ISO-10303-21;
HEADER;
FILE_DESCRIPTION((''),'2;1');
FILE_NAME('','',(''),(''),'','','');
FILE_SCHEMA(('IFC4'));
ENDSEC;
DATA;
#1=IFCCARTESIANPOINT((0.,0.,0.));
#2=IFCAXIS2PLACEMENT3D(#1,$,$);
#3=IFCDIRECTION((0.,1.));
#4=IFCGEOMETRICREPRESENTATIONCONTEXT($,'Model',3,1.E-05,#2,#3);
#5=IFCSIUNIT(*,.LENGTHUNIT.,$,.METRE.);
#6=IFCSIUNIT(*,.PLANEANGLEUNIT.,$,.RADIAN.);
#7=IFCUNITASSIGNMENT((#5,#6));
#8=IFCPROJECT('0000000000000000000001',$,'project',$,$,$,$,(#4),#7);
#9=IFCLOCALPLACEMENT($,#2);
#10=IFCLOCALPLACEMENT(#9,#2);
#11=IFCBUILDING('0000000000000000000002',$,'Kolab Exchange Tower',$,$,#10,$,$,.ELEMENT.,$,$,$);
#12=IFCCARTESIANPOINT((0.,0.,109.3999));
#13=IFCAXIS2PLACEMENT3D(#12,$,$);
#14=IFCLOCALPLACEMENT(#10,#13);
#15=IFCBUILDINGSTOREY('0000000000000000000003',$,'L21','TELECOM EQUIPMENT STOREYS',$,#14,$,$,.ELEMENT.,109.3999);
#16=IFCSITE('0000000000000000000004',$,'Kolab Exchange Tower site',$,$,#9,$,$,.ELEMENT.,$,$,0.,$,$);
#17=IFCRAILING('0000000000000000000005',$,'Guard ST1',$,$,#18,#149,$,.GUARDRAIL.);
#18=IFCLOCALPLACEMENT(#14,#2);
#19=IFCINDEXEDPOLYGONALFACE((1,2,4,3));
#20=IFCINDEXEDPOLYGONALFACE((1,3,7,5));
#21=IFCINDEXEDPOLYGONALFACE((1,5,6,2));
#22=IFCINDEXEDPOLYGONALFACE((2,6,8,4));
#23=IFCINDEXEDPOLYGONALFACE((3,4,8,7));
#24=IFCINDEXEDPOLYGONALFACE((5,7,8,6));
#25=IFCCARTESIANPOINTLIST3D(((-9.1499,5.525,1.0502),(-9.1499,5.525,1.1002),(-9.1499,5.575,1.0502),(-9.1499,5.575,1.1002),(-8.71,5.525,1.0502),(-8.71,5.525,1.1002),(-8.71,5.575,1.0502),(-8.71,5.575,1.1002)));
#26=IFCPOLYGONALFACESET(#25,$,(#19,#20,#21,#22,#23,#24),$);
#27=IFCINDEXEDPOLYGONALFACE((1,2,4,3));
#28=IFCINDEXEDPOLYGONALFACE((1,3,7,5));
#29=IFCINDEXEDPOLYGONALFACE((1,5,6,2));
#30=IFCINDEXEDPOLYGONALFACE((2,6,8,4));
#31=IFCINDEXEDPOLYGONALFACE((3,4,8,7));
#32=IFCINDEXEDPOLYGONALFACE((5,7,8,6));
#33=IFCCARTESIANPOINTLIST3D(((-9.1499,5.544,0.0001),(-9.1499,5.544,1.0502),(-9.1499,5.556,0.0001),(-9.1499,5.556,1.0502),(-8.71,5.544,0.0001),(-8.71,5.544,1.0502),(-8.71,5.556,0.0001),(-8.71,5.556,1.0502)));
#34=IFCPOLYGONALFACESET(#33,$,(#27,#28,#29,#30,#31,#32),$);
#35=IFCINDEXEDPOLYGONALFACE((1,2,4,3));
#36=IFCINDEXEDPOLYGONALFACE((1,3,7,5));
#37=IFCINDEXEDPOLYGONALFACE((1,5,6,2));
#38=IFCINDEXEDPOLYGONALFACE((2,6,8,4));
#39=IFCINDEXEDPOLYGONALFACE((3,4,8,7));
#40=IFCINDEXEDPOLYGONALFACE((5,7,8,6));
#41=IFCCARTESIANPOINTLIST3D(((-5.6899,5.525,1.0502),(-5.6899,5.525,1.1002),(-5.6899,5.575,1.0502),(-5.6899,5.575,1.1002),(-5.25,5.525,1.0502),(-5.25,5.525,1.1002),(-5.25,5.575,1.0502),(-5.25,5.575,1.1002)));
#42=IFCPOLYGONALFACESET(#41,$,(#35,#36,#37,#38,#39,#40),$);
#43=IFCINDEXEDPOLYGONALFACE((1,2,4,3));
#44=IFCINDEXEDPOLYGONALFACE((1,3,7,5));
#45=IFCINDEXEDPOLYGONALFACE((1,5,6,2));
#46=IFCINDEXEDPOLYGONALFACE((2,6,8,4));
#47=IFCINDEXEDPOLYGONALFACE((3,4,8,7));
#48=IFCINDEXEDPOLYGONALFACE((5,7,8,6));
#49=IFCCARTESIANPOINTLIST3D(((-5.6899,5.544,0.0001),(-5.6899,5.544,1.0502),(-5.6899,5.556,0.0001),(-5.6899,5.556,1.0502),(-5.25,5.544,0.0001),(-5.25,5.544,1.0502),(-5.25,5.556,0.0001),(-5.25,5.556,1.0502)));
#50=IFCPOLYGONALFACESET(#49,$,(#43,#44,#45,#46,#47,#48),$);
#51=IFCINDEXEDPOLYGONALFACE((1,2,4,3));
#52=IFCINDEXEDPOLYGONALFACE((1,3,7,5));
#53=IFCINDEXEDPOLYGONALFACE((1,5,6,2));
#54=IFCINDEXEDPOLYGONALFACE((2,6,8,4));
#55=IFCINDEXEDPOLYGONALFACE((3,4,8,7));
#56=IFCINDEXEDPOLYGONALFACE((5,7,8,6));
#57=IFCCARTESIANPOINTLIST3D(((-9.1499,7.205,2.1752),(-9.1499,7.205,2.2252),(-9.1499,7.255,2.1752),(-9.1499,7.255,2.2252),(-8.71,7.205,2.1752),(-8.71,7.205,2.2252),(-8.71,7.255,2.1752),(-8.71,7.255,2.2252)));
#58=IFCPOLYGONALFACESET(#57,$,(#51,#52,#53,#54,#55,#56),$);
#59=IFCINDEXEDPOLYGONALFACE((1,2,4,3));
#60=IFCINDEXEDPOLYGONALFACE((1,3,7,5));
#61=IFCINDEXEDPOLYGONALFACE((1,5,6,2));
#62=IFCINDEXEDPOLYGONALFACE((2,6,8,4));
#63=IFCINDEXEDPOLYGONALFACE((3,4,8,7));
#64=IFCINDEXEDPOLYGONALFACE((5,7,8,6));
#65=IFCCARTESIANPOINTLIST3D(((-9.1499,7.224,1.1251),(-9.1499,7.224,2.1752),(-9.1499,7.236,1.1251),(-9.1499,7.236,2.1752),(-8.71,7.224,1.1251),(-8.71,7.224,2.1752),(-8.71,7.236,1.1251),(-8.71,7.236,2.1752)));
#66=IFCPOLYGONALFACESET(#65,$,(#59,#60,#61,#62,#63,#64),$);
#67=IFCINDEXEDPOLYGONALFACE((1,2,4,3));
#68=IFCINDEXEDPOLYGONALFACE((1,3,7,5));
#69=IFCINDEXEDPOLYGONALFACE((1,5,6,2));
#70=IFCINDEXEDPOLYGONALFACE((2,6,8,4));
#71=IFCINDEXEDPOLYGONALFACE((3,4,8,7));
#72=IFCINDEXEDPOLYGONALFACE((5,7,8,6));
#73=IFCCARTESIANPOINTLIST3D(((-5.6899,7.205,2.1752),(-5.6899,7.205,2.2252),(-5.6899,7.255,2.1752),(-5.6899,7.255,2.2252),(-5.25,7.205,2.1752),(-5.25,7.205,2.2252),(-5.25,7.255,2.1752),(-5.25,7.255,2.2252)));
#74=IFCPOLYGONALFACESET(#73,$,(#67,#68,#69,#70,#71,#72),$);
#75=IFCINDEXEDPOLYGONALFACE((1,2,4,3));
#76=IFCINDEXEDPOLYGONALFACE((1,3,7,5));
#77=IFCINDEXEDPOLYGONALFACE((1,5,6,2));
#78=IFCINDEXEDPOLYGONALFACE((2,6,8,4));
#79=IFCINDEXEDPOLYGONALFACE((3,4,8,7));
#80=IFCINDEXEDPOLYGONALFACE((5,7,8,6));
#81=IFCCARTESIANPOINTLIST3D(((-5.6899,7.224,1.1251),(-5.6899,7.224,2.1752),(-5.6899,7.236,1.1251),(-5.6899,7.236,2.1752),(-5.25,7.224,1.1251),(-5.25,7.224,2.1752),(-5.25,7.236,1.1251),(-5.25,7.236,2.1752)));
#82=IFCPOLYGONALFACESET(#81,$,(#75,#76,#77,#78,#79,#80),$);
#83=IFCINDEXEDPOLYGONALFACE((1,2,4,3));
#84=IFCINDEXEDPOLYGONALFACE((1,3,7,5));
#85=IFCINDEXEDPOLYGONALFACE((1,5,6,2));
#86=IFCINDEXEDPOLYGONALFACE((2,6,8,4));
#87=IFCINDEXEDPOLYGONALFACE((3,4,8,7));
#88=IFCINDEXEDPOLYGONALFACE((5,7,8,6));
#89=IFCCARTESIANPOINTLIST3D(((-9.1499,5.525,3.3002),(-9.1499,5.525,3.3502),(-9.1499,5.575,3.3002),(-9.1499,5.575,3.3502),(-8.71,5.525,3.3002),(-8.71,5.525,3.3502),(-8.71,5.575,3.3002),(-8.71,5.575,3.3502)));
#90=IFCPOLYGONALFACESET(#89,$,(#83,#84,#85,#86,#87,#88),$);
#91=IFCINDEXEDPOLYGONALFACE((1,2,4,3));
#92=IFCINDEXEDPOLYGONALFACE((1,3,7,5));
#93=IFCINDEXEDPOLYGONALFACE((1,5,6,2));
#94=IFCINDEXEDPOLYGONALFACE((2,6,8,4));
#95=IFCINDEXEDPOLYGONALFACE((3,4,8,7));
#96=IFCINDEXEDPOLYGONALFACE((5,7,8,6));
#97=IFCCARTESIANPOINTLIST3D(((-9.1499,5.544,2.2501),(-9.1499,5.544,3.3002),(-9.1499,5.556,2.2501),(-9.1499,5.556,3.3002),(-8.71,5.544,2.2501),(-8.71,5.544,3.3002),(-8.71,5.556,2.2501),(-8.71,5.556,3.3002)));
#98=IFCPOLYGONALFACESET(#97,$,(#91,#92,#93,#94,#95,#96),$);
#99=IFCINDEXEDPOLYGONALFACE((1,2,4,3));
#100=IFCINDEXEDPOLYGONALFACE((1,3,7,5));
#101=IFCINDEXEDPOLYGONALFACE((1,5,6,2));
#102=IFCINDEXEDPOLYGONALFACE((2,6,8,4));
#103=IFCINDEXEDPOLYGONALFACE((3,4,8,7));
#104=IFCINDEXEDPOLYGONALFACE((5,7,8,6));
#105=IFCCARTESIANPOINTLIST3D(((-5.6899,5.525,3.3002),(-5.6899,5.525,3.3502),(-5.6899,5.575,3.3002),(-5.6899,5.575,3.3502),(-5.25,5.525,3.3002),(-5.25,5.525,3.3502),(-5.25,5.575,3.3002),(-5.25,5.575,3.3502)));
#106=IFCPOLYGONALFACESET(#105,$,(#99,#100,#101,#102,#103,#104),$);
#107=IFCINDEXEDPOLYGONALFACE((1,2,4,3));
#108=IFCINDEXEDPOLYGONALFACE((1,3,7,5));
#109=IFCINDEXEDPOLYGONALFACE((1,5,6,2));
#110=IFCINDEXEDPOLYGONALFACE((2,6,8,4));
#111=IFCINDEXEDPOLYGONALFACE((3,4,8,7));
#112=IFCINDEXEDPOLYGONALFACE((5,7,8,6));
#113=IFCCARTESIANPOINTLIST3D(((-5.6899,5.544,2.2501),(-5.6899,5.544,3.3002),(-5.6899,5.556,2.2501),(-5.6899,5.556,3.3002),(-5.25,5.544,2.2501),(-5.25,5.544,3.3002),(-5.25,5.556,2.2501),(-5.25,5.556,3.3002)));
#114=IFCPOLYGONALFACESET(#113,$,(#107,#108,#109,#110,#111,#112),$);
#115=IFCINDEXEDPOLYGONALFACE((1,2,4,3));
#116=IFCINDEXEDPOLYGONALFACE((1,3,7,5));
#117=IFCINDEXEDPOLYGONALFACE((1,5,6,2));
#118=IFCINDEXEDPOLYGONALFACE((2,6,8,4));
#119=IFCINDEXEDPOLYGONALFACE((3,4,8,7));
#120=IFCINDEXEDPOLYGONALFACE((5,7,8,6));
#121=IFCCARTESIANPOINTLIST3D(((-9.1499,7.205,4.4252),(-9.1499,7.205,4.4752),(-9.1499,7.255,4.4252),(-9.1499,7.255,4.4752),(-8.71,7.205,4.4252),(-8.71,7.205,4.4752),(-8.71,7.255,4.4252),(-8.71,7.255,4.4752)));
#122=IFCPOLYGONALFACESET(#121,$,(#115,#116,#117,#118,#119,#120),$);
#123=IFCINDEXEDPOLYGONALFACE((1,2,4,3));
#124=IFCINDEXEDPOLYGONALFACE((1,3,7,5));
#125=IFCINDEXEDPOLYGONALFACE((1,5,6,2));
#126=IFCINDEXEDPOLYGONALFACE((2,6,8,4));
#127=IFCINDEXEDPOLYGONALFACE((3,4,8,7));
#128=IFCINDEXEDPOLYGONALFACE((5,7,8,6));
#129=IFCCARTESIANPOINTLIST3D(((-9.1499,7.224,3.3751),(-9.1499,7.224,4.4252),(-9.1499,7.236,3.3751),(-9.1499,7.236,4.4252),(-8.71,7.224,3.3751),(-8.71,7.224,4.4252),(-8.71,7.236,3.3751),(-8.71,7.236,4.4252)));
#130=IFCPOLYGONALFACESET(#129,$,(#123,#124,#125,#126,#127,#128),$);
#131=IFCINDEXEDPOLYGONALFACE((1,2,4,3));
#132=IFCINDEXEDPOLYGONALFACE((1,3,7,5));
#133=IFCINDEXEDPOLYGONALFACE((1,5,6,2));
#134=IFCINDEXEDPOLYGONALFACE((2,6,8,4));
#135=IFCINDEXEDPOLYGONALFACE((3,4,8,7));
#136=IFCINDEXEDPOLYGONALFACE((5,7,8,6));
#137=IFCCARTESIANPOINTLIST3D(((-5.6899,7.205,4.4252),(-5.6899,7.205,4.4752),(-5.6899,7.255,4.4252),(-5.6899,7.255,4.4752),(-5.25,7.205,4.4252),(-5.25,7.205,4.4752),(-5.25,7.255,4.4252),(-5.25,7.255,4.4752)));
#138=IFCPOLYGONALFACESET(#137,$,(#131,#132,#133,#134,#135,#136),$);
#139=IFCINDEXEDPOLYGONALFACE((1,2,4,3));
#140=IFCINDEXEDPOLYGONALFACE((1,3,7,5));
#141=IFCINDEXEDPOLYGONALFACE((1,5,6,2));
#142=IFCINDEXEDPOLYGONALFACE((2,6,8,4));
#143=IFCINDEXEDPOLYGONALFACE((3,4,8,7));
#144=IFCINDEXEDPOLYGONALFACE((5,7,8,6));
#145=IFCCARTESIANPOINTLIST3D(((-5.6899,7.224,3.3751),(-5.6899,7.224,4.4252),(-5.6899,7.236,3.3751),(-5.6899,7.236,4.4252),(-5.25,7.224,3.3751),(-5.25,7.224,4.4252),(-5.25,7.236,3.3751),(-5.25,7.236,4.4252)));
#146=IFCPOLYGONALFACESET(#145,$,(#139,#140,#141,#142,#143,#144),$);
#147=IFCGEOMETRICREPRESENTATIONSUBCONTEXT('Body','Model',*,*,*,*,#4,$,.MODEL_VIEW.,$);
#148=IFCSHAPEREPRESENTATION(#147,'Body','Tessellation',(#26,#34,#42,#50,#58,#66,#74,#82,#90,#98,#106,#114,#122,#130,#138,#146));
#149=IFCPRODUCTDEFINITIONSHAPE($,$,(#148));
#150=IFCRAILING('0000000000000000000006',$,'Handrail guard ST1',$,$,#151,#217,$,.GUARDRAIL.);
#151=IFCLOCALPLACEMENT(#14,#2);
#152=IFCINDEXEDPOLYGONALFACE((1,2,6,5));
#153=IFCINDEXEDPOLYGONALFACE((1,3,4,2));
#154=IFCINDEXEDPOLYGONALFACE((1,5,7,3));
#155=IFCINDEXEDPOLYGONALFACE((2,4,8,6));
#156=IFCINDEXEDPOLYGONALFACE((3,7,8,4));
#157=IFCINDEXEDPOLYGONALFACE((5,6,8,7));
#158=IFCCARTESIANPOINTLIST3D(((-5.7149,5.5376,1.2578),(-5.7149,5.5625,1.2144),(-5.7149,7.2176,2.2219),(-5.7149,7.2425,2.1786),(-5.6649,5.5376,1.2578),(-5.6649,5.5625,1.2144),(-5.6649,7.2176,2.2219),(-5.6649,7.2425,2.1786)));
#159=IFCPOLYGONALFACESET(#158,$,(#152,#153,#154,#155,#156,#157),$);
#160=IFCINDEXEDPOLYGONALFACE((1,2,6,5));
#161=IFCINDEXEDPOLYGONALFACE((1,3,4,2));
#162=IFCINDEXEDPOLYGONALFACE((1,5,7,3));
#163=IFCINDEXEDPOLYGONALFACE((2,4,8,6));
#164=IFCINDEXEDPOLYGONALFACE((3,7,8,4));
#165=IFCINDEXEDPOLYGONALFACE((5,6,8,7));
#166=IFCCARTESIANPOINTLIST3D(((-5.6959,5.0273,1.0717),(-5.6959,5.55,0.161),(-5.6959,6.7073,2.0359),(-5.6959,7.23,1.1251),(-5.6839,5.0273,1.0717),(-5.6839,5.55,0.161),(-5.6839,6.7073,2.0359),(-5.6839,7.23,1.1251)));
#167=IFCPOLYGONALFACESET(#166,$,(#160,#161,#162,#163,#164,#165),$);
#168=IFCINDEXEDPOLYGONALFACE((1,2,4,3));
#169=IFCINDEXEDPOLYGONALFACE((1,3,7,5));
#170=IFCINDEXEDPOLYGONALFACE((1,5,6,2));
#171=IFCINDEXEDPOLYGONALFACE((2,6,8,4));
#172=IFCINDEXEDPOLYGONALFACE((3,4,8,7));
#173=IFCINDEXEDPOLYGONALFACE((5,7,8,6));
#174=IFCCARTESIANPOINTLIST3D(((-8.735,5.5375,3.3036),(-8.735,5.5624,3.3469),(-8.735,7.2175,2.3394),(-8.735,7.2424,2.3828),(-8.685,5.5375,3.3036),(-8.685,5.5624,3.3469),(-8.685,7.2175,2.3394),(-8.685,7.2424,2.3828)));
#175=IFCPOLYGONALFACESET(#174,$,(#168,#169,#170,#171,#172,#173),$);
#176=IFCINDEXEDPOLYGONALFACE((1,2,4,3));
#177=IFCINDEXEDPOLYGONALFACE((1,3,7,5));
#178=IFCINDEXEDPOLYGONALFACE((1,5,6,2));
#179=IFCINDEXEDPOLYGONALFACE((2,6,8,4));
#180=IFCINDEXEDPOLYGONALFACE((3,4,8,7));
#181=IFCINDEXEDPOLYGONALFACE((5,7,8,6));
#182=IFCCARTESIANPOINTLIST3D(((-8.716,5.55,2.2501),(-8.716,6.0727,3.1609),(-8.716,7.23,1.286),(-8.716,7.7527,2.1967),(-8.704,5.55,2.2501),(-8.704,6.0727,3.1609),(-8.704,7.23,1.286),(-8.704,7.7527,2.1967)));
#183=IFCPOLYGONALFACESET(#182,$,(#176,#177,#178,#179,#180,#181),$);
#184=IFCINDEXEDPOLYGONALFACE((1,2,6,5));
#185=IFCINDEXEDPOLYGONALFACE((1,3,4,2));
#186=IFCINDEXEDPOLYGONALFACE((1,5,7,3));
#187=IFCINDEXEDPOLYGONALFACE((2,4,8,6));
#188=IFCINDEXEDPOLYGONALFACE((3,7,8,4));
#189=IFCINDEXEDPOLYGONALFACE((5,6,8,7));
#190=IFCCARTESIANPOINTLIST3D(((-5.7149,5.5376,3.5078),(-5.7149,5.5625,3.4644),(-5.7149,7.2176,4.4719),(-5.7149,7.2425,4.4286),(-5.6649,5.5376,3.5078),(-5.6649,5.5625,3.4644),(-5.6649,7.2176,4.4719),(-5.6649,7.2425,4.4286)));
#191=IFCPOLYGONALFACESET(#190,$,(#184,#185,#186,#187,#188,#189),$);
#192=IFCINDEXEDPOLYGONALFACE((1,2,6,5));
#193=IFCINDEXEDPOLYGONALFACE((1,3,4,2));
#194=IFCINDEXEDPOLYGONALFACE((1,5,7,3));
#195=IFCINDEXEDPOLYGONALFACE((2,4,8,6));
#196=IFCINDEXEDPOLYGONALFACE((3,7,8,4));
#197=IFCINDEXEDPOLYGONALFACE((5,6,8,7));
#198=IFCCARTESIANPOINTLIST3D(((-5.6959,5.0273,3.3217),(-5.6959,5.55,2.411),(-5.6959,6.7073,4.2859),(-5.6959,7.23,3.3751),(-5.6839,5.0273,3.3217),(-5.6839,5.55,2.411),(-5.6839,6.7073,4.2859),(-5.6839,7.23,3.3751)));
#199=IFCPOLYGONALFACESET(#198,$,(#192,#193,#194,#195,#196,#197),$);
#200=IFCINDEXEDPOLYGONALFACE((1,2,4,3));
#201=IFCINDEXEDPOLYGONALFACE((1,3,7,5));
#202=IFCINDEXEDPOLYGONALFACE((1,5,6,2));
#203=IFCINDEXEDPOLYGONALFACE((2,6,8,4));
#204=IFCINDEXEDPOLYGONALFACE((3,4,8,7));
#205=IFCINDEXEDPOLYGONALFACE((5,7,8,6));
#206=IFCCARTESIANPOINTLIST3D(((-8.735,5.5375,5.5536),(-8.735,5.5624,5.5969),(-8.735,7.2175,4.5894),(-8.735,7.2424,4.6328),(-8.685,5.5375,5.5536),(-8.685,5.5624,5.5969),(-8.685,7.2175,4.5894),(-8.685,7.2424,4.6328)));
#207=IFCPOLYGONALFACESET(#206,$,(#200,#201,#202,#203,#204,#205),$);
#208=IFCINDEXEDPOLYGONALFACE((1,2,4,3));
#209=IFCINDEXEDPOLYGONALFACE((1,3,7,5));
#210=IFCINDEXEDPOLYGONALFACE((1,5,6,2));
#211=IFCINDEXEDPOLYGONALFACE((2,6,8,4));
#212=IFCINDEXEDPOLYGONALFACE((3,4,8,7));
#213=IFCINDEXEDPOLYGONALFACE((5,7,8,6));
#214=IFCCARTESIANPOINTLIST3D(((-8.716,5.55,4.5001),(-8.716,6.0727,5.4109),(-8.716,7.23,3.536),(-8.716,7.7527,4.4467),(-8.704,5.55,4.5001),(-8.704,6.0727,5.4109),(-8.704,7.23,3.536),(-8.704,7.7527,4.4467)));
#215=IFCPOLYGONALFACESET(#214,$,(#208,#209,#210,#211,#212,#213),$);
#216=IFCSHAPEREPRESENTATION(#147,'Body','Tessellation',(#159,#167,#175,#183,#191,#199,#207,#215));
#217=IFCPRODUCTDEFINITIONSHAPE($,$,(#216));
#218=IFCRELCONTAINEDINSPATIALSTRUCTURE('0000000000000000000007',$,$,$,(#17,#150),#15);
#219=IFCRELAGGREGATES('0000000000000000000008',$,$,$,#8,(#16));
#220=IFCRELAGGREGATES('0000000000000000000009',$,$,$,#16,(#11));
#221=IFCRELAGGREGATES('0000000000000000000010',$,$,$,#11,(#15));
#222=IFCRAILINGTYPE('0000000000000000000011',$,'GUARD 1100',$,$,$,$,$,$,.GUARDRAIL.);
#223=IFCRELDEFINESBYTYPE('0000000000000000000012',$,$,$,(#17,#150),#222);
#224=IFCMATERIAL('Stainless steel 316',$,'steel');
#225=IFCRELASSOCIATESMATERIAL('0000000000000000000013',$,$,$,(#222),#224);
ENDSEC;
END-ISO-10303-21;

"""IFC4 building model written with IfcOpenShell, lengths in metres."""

from ifc_helpers import new_model, si_unit, direction, frame, frame_2d, origin, origin_2d, place, context, subcontext, project, spatial, rectangle, extrude, material, type_object, element, save


model = new_model("IFC4")

# Units and contexts
model_context = context("Model", 3, precision=1e-05, world=origin(), true_north=direction((0.0, 1.0)))
body_context = subcontext(model_context, "Body", "Model", "MODEL_VIEW")
ifc_project = project(units=[si_unit("LENGTHUNIT", "METRE"), si_unit("PLANEANGLEUNIT", "RADIAN")], contexts=[model_context])

# Site, building, storey
site_placement = place(None, origin())
site = spatial("IfcSite", under=ifc_project, at=site_placement, Name="Kolab Exchange Tower site", CompositionType="ELEMENT", RefElevation=0.0)
building_placement = place(site_placement, origin())
building = spatial("IfcBuilding", under=site, at=building_placement, Name="Kolab Exchange Tower", CompositionType="ELEMENT")
storey_placement = place(building_placement, frame((0.0, 0.0, 109.3999)))
storey = spatial("IfcBuildingStorey", under=building, at=storey_placement, Name="L21", Description="TELECOM EQUIPMENT STOREYS", CompositionType="ELEMENT", Elevation=109.3999)

# Railings
ifc_material_1 = material(Name="Stainless steel 316", Category="steel")
railing_type = type_object("IfcRailingType", Name="GUARD 1100", PredefinedType="GUARDRAIL", material=ifc_material_1)
railing_1_placement = place(storey_placement, frame((-9.1499, 5.55, 0.0)))
element("IfcRailing", 1, at=railing_1_placement, inside=storey, type_object=railing_type, Name="Guard ST1", PredefinedType="GUARDRAIL", context=body_context, shape_type="SweptSolid", body=[
    extrude(rectangle(XDim=0.05, YDim=0.05, at=origin_2d()), frame((0.0, 0.0, 1.0752), z_axis=(1.0, 0.0, 0.0), x_axis=(0.0, 1.0, 0.0)), (0.0, 0.0, 1.0), 0.4399),
    extrude(rectangle(XDim=0.012, YDim=1.0501, at=frame_2d((0.0, 0.5251))), frame((0.0, 0.0, 0.0), z_axis=(1.0, 0.0, 0.0), x_axis=(0.0, 1.0, 0.0)), (0.0, 0.0, 1.0), 0.4399),
    extrude(rectangle(XDim=0.05, YDim=0.05, at=origin_2d()), frame((3.46, 0.0, 1.0752), z_axis=(1.0, 0.0, 0.0), x_axis=(0.0, 1.0, 0.0)), (0.0, 0.0, 1.0), 0.4399),
    extrude(rectangle(XDim=0.012, YDim=1.0501, at=frame_2d((0.0, 0.5251))), frame((3.46, 0.0, 0.0), z_axis=(1.0, 0.0, 0.0), x_axis=(0.0, 1.0, 0.0)), (0.0, 0.0, 1.0), 0.4399),
    extrude(rectangle(XDim=0.05, YDim=0.05, at=origin_2d()), frame((0.0, 1.6799, 2.2002), z_axis=(1.0, 0.0, 0.0), x_axis=(0.0, 1.0, 0.0)), (0.0, 0.0, 1.0), 0.4399),
    extrude(rectangle(XDim=0.012, YDim=1.0501, at=frame_2d((0.0, 0.5251))), frame((0.0, 1.6799, 1.125), z_axis=(1.0, 0.0, 0.0), x_axis=(0.0, 1.0, 0.0)), (0.0, 0.0, 1.0), 0.4399),
    extrude(rectangle(XDim=0.05, YDim=0.05, at=origin_2d()), frame((3.46, 1.6799, 2.2002), z_axis=(1.0, 0.0, 0.0), x_axis=(0.0, 1.0, 0.0)), (0.0, 0.0, 1.0), 0.4399),
    extrude(rectangle(XDim=0.012, YDim=1.0501, at=frame_2d((0.0, 0.5251))), frame((3.46, 1.6799, 1.125), z_axis=(1.0, 0.0, 0.0), x_axis=(0.0, 1.0, 0.0)), (0.0, 0.0, 1.0), 0.4399),
    extrude(rectangle(XDim=0.05, YDim=0.05, at=origin_2d()), frame((0.0, 0.0, 3.3252), z_axis=(1.0, 0.0, 0.0), x_axis=(0.0, 1.0, 0.0)), (0.0, 0.0, 1.0), 0.4399),
    extrude(rectangle(XDim=0.012, YDim=1.0501, at=frame_2d((0.0, 0.5251))), frame((0.0, 0.0, 2.25), z_axis=(1.0, 0.0, 0.0), x_axis=(0.0, 1.0, 0.0)), (0.0, 0.0, 1.0), 0.4399),
    extrude(rectangle(XDim=0.05, YDim=0.05, at=origin_2d()), frame((3.46, 0.0, 3.3252), z_axis=(1.0, 0.0, 0.0), x_axis=(0.0, 1.0, 0.0)), (0.0, 0.0, 1.0), 0.4399),
    extrude(rectangle(XDim=0.012, YDim=1.0501, at=frame_2d((0.0, 0.5251))), frame((3.46, 0.0, 2.25), z_axis=(1.0, 0.0, 0.0), x_axis=(0.0, 1.0, 0.0)), (0.0, 0.0, 1.0), 0.4399),
    extrude(rectangle(XDim=0.05, YDim=0.05, at=origin_2d()), frame((0.0, 1.6799, 4.4502), z_axis=(1.0, 0.0, 0.0), x_axis=(0.0, 1.0, 0.0)), (0.0, 0.0, 1.0), 0.4399),
    extrude(rectangle(XDim=0.012, YDim=1.0501, at=frame_2d((0.0, 0.5251))), frame((0.0, 1.6799, 3.375), z_axis=(1.0, 0.0, 0.0), x_axis=(0.0, 1.0, 0.0)), (0.0, 0.0, 1.0), 0.4399),
    extrude(rectangle(XDim=0.05, YDim=0.05, at=origin_2d()), frame((3.46, 1.6799, 4.4502), z_axis=(1.0, 0.0, 0.0), x_axis=(0.0, 1.0, 0.0)), (0.0, 0.0, 1.0), 0.4399),
    extrude(rectangle(XDim=0.012, YDim=1.0501, at=frame_2d((0.0, 0.5251))), frame((3.46, 1.6799, 3.375), z_axis=(1.0, 0.0, 0.0), x_axis=(0.0, 1.0, 0.0)), (0.0, 0.0, 1.0), 0.4399),
])
railing_2_placement = place(storey_placement, frame((-5.6899, 5.55, 0.1609)))
element("IfcRailing", 2, at=railing_2_placement, inside=storey, type_object=railing_type, Name="Handrail guard ST1", PredefinedType="GUARDRAIL", context=body_context, shape_type="SweptSolid", body=[
    extrude(rectangle(XDim=0.05, YDim=0.05, at=origin_2d()), frame((0.0, 0.0, 1.0752), z_axis=(0.0, 0.867319, 0.497753), x_axis=(-1.0, 0.0, 0.0)), (0.0, 0.0, 1.0), 1.937),
    extrude(rectangle(XDim=0.012, YDim=1.0501, at=frame_2d((0.0, 0.5251))), frame((0.0, 0.0, 0.0), z_axis=(0.0, 0.867319, 0.497753), x_axis=(-1.0, 0.0, 0.0)), (0.0, 0.0, 1.0), 1.937),
    extrude(rectangle(XDim=0.05, YDim=0.05, at=origin_2d()), frame((-3.02, 1.6799, 2.2002), z_axis=(0.0, -0.867319, 0.497753), x_axis=(1.0, 0.0, 0.0)), (0.0, 0.0, 1.0), 1.937),
    extrude(rectangle(XDim=0.012, YDim=1.0501, at=frame_2d((0.0, 0.5251))), frame((-3.02, 1.6799, 1.125), z_axis=(0.0, -0.867319, 0.497753), x_axis=(1.0, 0.0, 0.0)), (0.0, 0.0, 1.0), 1.937),
    extrude(rectangle(XDim=0.05, YDim=0.05, at=origin_2d()), frame((0.0, 0.0, 3.3252), z_axis=(0.0, 0.867319, 0.497753), x_axis=(-1.0, 0.0, 0.0)), (0.0, 0.0, 1.0), 1.937),
    extrude(rectangle(XDim=0.012, YDim=1.0501, at=frame_2d((0.0, 0.5251))), frame((0.0, 0.0, 2.25), z_axis=(0.0, 0.867319, 0.497753), x_axis=(-1.0, 0.0, 0.0)), (0.0, 0.0, 1.0), 1.937),
    extrude(rectangle(XDim=0.05, YDim=0.05, at=origin_2d()), frame((-3.02, 1.6799, 4.4502), z_axis=(0.0, -0.867319, 0.497753), x_axis=(1.0, 0.0, 0.0)), (0.0, 0.0, 1.0), 1.937),
    extrude(rectangle(XDim=0.012, YDim=1.0501, at=frame_2d((0.0, 0.5251))), frame((-3.02, 1.6799, 3.375), z_axis=(0.0, -0.867319, 0.497753), x_axis=(1.0, 0.0, 0.0)), (0.0, 0.0, 1.0), 1.937),
])

save(model, "model.ifc")
